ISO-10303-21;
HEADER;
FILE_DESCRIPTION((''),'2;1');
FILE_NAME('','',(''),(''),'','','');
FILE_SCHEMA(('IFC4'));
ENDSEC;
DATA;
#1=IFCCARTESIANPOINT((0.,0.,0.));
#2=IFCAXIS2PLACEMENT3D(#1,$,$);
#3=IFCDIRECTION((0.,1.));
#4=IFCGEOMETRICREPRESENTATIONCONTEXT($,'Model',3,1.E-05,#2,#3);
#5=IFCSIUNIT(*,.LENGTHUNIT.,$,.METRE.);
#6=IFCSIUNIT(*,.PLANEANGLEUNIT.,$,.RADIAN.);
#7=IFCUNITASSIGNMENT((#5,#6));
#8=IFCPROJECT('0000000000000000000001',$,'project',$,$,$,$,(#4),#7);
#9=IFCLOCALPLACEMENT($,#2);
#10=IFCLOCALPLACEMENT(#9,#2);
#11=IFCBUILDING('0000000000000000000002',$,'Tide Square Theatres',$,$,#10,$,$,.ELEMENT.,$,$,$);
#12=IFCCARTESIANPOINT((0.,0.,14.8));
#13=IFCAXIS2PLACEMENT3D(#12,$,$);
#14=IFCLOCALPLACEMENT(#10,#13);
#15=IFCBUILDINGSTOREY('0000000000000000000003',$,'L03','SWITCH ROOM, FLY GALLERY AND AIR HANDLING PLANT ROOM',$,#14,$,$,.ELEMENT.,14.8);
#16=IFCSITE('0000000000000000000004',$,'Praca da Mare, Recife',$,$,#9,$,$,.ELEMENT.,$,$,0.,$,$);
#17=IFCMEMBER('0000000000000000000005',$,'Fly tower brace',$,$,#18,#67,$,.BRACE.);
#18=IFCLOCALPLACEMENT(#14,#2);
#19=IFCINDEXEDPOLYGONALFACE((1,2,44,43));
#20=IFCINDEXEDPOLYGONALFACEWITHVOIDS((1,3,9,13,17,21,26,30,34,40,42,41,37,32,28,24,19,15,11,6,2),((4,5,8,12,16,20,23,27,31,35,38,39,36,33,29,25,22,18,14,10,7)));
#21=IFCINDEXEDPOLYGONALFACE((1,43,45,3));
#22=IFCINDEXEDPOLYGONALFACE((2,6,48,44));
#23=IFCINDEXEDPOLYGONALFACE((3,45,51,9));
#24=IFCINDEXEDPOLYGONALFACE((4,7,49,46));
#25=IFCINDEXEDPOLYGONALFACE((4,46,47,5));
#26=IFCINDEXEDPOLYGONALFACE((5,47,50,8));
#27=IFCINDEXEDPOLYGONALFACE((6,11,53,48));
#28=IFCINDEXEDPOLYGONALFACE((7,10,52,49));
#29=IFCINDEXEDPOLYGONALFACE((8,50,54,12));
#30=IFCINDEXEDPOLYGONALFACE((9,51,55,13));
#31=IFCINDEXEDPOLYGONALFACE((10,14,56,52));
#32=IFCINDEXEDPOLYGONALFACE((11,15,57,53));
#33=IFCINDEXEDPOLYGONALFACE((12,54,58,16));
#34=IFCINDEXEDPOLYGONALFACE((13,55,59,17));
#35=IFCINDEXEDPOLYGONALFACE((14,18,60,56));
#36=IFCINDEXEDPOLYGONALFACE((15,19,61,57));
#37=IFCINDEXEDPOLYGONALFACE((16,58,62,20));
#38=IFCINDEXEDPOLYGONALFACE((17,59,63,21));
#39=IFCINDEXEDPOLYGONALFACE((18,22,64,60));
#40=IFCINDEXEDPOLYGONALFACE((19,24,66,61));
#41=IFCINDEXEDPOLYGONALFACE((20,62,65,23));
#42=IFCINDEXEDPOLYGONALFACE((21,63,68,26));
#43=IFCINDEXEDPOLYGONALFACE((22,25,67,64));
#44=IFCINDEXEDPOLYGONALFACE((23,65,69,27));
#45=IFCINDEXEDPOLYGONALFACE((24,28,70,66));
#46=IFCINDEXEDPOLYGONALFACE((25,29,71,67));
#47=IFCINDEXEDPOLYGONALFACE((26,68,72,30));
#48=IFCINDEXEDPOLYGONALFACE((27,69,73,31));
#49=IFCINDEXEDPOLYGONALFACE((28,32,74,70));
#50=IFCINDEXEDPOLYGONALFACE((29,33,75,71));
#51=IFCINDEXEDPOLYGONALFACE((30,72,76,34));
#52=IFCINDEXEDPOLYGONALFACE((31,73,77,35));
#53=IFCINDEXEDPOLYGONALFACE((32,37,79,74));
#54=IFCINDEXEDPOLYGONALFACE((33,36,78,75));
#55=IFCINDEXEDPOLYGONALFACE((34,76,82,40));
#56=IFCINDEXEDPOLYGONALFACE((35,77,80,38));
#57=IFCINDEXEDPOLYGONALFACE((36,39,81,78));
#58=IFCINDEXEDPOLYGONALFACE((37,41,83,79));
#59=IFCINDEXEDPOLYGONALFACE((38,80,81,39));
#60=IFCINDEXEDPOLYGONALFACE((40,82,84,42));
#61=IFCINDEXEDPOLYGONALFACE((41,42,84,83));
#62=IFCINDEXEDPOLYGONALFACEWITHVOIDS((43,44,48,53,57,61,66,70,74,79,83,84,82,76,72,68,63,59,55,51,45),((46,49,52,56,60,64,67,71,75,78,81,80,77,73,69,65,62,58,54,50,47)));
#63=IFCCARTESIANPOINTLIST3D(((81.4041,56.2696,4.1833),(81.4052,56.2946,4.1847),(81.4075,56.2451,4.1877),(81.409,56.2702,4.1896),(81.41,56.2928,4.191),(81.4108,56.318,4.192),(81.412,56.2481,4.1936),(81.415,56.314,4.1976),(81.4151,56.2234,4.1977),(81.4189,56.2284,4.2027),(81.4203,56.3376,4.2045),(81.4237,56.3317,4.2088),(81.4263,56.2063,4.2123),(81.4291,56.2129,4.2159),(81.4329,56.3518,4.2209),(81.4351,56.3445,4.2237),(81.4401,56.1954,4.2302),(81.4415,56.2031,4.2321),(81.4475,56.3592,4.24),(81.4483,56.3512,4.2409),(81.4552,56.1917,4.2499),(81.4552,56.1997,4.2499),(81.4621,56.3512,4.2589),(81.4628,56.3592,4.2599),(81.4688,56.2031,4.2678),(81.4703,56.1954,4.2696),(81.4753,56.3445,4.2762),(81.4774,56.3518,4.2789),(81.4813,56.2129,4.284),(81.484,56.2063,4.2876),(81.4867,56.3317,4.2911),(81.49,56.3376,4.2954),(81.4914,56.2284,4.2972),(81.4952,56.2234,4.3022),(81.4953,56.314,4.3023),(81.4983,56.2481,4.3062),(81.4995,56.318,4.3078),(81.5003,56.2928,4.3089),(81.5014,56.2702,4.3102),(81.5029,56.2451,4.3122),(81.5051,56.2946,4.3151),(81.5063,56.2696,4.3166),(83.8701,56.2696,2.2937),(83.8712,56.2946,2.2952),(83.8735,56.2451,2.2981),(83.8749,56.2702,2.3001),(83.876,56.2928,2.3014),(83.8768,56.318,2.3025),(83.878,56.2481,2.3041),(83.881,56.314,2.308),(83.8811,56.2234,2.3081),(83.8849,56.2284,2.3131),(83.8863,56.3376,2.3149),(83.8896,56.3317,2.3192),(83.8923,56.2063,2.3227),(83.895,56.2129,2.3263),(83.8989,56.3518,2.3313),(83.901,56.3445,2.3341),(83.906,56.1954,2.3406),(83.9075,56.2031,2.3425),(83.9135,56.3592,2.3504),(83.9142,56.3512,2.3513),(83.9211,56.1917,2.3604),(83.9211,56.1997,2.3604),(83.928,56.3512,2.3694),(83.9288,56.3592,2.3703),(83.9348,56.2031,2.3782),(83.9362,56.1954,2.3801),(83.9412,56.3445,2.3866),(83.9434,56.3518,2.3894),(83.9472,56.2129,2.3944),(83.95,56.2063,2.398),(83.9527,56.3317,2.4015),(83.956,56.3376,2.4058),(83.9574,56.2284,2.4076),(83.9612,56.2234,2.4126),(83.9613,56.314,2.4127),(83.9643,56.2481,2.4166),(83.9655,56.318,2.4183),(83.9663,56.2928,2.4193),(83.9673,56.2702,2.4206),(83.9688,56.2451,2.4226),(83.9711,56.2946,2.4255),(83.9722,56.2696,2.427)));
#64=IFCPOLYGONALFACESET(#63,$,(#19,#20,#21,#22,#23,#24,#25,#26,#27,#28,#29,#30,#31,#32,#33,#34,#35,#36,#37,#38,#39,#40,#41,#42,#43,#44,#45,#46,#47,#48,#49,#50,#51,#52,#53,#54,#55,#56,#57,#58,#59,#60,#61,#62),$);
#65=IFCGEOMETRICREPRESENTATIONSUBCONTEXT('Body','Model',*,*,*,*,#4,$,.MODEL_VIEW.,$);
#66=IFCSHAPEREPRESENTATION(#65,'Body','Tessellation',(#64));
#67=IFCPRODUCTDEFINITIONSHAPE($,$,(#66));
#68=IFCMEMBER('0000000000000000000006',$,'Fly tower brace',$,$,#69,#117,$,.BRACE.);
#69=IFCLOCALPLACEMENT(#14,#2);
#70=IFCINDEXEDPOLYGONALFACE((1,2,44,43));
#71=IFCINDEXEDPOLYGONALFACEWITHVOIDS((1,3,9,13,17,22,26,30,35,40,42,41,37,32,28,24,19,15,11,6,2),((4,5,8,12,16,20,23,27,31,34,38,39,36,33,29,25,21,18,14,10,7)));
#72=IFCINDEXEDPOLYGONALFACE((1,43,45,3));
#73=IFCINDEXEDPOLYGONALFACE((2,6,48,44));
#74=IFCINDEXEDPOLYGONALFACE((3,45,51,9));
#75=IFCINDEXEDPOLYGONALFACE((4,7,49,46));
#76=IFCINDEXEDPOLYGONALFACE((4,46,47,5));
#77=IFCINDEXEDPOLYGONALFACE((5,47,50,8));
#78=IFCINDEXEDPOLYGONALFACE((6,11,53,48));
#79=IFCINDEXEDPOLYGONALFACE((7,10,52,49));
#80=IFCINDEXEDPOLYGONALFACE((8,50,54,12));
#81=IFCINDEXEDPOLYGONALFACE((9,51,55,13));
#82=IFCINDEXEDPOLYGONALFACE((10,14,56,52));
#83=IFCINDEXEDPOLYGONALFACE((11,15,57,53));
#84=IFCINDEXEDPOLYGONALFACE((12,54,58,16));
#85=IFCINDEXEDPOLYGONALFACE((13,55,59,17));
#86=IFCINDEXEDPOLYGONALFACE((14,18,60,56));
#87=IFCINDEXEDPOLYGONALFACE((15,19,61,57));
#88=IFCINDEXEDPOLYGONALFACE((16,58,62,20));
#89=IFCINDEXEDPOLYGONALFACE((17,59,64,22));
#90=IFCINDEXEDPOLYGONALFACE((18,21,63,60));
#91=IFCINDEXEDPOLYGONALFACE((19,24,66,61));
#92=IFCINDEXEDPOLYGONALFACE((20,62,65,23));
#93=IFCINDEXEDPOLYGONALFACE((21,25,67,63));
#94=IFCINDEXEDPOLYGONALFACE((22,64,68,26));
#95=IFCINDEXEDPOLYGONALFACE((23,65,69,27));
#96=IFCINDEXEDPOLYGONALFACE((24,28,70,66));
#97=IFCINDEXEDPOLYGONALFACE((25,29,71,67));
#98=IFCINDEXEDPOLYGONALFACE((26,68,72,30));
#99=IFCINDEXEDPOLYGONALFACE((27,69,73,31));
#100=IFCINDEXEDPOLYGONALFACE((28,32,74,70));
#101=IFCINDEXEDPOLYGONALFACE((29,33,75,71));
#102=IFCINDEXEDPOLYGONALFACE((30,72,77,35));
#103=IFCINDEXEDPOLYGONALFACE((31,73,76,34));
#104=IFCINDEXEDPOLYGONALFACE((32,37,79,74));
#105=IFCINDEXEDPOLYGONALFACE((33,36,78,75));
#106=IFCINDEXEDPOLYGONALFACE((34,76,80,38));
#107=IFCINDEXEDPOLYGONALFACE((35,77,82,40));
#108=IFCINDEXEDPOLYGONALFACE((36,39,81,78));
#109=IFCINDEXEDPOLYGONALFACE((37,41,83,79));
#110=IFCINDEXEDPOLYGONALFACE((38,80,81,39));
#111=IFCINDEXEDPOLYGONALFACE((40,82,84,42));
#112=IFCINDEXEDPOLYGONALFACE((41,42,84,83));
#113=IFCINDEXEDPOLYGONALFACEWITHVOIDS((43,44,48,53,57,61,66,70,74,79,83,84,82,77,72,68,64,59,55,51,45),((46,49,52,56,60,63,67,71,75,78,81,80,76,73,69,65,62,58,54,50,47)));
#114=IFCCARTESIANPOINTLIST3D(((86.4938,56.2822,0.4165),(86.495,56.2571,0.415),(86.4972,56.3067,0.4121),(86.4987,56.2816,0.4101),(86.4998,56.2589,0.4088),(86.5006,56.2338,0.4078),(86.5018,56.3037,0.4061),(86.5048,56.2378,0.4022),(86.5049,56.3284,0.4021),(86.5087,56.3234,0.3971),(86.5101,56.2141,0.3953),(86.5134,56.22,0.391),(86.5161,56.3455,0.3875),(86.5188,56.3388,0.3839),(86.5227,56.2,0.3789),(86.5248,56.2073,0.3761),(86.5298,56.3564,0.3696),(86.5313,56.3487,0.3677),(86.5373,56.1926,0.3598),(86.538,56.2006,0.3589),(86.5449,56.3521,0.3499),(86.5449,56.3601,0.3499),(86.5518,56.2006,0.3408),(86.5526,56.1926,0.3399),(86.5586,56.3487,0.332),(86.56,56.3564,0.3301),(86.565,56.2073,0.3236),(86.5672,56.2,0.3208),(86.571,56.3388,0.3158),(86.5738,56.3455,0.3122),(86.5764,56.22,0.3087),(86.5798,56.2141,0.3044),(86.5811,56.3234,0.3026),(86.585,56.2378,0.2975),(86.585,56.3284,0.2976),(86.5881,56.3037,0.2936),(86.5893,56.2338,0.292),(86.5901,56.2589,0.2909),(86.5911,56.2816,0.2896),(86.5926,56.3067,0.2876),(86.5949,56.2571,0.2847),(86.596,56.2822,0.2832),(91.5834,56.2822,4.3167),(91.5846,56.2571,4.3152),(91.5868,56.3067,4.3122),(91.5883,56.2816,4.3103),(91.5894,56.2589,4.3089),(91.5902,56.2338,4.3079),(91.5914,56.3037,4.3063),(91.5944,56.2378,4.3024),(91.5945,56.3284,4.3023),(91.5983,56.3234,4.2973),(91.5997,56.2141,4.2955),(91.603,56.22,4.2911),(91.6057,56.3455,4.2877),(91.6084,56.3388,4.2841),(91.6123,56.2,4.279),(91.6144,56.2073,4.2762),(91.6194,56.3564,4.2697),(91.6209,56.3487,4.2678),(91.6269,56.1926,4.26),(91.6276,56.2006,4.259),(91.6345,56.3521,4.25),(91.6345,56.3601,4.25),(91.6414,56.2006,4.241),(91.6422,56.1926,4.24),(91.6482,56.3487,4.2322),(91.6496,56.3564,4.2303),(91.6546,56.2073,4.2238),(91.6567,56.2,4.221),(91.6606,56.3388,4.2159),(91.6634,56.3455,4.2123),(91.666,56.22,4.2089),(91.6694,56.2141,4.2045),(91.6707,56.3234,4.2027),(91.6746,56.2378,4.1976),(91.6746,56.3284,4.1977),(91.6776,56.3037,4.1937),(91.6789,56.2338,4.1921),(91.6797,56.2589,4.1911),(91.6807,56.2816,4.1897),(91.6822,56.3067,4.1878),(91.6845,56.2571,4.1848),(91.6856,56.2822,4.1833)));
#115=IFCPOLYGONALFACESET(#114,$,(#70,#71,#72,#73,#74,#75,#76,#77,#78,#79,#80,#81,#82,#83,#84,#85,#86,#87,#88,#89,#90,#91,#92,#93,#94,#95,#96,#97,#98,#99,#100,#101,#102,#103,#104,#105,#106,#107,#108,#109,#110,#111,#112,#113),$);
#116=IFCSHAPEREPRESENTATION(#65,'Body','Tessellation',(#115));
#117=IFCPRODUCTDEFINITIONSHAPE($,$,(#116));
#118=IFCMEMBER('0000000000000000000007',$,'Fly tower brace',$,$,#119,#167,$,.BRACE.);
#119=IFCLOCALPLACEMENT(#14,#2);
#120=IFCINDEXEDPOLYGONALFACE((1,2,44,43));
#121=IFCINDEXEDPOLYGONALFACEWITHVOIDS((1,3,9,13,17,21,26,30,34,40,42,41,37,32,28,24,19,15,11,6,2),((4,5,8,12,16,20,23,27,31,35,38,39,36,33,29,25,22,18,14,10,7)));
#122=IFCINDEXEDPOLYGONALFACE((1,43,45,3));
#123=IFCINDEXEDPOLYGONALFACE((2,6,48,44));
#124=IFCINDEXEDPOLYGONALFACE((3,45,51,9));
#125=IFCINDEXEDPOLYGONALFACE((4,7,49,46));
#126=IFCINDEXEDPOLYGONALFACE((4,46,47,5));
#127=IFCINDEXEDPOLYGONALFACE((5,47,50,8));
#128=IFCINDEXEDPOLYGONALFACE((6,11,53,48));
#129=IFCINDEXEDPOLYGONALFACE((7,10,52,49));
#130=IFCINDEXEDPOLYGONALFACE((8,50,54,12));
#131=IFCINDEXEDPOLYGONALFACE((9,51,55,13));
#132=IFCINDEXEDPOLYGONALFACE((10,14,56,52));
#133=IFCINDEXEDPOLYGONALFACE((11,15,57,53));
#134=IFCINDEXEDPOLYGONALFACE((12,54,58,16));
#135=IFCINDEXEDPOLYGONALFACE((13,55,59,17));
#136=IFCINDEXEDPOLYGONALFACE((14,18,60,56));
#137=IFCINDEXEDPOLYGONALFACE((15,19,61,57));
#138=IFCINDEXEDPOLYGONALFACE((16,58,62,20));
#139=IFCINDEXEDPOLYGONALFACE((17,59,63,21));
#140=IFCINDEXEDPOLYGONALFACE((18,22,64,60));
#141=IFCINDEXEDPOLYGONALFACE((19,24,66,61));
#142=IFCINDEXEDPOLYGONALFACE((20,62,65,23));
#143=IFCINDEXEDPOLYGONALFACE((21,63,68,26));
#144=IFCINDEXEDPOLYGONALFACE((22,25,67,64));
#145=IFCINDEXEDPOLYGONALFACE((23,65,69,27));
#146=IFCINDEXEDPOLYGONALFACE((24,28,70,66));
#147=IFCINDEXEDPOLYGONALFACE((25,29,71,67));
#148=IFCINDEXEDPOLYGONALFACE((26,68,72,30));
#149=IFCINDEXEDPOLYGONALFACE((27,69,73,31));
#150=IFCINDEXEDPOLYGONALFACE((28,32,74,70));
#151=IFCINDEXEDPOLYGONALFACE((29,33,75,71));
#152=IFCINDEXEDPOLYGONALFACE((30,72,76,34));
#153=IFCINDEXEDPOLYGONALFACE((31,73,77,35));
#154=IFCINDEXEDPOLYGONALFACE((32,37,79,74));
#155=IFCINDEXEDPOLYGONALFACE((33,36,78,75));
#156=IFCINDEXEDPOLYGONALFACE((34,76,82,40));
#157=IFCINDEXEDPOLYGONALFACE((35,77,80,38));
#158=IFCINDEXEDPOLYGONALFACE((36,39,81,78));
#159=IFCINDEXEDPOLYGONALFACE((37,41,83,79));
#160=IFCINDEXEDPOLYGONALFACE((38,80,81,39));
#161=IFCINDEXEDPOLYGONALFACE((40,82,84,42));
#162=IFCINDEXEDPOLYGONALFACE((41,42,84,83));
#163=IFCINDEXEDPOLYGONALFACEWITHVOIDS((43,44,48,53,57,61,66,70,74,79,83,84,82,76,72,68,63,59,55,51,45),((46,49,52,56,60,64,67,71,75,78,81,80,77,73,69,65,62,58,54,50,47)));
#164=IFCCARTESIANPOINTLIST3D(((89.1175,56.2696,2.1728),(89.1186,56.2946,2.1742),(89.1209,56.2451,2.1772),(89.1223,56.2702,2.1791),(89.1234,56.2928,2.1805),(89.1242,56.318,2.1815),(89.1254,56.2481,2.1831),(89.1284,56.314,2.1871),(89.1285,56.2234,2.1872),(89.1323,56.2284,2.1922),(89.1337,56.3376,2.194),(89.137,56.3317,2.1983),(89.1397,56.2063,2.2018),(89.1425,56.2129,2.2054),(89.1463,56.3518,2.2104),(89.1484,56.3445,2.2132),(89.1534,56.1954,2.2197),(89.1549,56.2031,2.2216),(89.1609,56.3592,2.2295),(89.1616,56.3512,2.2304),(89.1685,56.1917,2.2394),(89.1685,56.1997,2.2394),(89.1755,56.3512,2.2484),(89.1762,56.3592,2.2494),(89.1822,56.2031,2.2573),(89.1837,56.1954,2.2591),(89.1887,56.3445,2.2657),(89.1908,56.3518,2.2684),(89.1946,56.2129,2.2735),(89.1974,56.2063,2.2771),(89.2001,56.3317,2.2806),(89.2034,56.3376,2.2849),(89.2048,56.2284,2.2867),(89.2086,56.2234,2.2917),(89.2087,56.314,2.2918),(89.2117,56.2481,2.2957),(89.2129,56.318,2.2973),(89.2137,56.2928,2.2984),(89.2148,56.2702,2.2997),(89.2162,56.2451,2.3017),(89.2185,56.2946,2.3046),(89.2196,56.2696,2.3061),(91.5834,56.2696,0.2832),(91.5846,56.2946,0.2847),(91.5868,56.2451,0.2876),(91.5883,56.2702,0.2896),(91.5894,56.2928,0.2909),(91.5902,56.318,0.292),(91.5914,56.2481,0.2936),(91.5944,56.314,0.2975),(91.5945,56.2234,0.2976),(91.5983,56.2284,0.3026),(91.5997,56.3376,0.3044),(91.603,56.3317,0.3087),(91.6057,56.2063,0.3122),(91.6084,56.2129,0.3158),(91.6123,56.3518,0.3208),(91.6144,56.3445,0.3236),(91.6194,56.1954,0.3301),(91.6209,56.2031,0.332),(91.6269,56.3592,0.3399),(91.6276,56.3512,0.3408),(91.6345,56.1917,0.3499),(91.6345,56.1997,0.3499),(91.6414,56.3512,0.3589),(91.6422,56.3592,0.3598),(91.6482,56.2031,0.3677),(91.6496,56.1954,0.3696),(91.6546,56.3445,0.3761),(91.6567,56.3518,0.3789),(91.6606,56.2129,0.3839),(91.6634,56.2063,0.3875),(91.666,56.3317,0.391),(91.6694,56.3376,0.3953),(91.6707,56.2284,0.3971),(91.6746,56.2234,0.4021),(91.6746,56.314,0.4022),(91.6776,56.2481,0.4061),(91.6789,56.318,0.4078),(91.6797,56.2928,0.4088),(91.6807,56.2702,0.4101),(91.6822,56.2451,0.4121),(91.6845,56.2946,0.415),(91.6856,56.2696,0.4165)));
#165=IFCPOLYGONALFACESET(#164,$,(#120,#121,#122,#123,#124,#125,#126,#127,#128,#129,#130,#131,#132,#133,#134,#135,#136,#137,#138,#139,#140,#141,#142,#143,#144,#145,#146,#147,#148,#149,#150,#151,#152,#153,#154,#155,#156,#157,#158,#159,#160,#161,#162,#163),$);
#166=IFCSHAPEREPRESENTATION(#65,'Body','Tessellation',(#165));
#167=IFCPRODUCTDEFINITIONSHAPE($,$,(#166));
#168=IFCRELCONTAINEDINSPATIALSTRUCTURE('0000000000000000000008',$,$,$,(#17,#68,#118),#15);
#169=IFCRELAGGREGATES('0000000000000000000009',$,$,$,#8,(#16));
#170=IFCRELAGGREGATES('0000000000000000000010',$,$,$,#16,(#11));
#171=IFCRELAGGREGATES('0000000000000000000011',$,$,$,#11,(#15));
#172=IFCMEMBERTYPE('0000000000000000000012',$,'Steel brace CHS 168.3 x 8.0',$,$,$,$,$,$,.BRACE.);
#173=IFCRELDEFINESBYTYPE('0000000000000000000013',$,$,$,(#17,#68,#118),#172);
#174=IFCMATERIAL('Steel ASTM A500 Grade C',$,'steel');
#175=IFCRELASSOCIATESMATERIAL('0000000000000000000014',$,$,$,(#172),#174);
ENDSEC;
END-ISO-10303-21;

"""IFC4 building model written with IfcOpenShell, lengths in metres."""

from ifc_helpers import new_model, si_unit, direction, frame, origin, origin_2d, place, context, subcontext, project, spatial, hollow_circle, extrude, material, material_profile, profile_set, type_object, element, save


model = new_model("IFC4")

# Units and contexts
model_context = context("Model", 3, precision=1e-05, world=origin(), true_north=direction((0.0, 1.0)))
body_context = subcontext(model_context, "Body", "Model", "MODEL_VIEW")
ifc_project = project(units=[si_unit("LENGTHUNIT", "METRE"), si_unit("PLANEANGLEUNIT", "RADIAN")], contexts=[model_context])

# Site, building, storey
site_placement = place(None, origin())
site = spatial("IfcSite", under=ifc_project, at=site_placement, Name="Praca da Mare, Recife", CompositionType="ELEMENT", RefElevation=0.0)
building_placement = place(site_placement, origin())
building = spatial("IfcBuilding", under=site, at=building_placement, Name="Tide Square Theatres", CompositionType="ELEMENT")
storey_placement = place(building_placement, frame((0.0, 0.0, 14.8)))
storey = spatial("IfcBuildingStorey", under=building, at=storey_placement, Name="L03", Description="SWITCH ROOM, FLY GALLERY AND AIR HANDLING PLANT ROOM", CompositionType="ELEMENT", Elevation=14.8)

# Members
ifc_material_1 = material(Name="Steel ASTM A500 Grade C", Category="steel")
ifc_material_profile_1 = material_profile(ifc_material_1, hollow_circle(Radius=0.0842, WallThickness=0.0081, at=origin_2d()))
ifc_profile_set_1 = profile_set([ifc_material_profile_1], Name="Steel ASTM A500 Grade C")
member_type = type_object("IfcMemberType", Name="Steel brace CHS 168.3 x 8.0", PredefinedType="BRACE", material=ifc_profile_set_1)
for number, where, z_axis, x_axis, name in (
    (1, (83.9211, 56.2759, 2.3604), (-0.793762, 0.0, 0.608229), (0.0, -1.0, 0.0), "Fly tower brace"),
):
    element("IfcMember", number, at=place(storey_placement, frame(where, z_axis=z_axis, x_axis=x_axis)), inside=storey, type_object=member_type, Name=name, PredefinedType="BRACE", context=body_context, shape_type="SweptSolid", body=[
        extrude(hollow_circle(Radius=0.0842, WallThickness=0.0081, at=origin_2d()), origin(), (0.0, 0.0, 1.0), 3.1067),
    ])
member_1_placement = place(storey_placement, frame((86.5449, 56.2759, 0.3499), z_axis=(0.793748, 0.0, 0.608247), x_axis=(0.0, 1.0, 0.0)))
element("IfcMember", 2, at=member_1_placement, inside=storey, type_object=member_type, Name="Fly tower brace", PredefinedType="BRACE", context=body_context, shape_type="SweptSolid", body=[
    extrude(hollow_circle(Radius=0.0842, WallThickness=0.0081, at=origin_2d()), origin(), (0.0, 0.0, 1.0), 6.4121),
])
for number, where, z_axis, x_axis, name in (
    (3, (91.6345, 56.2759, 0.3499), (-0.793762, 0.0, 0.608229), (0.0, -1.0, 0.0), "Fly tower brace"),
):
    element("IfcMember", number, at=place(storey_placement, frame(where, z_axis=z_axis, x_axis=x_axis)), inside=storey, type_object=member_type, Name=name, PredefinedType="BRACE", context=body_context, shape_type="SweptSolid", body=[
        extrude(hollow_circle(Radius=0.0842, WallThickness=0.0081, at=origin_2d()), origin(), (0.0, 0.0, 1.0), 3.1067),
    ])

save(model, "model.ifc")
